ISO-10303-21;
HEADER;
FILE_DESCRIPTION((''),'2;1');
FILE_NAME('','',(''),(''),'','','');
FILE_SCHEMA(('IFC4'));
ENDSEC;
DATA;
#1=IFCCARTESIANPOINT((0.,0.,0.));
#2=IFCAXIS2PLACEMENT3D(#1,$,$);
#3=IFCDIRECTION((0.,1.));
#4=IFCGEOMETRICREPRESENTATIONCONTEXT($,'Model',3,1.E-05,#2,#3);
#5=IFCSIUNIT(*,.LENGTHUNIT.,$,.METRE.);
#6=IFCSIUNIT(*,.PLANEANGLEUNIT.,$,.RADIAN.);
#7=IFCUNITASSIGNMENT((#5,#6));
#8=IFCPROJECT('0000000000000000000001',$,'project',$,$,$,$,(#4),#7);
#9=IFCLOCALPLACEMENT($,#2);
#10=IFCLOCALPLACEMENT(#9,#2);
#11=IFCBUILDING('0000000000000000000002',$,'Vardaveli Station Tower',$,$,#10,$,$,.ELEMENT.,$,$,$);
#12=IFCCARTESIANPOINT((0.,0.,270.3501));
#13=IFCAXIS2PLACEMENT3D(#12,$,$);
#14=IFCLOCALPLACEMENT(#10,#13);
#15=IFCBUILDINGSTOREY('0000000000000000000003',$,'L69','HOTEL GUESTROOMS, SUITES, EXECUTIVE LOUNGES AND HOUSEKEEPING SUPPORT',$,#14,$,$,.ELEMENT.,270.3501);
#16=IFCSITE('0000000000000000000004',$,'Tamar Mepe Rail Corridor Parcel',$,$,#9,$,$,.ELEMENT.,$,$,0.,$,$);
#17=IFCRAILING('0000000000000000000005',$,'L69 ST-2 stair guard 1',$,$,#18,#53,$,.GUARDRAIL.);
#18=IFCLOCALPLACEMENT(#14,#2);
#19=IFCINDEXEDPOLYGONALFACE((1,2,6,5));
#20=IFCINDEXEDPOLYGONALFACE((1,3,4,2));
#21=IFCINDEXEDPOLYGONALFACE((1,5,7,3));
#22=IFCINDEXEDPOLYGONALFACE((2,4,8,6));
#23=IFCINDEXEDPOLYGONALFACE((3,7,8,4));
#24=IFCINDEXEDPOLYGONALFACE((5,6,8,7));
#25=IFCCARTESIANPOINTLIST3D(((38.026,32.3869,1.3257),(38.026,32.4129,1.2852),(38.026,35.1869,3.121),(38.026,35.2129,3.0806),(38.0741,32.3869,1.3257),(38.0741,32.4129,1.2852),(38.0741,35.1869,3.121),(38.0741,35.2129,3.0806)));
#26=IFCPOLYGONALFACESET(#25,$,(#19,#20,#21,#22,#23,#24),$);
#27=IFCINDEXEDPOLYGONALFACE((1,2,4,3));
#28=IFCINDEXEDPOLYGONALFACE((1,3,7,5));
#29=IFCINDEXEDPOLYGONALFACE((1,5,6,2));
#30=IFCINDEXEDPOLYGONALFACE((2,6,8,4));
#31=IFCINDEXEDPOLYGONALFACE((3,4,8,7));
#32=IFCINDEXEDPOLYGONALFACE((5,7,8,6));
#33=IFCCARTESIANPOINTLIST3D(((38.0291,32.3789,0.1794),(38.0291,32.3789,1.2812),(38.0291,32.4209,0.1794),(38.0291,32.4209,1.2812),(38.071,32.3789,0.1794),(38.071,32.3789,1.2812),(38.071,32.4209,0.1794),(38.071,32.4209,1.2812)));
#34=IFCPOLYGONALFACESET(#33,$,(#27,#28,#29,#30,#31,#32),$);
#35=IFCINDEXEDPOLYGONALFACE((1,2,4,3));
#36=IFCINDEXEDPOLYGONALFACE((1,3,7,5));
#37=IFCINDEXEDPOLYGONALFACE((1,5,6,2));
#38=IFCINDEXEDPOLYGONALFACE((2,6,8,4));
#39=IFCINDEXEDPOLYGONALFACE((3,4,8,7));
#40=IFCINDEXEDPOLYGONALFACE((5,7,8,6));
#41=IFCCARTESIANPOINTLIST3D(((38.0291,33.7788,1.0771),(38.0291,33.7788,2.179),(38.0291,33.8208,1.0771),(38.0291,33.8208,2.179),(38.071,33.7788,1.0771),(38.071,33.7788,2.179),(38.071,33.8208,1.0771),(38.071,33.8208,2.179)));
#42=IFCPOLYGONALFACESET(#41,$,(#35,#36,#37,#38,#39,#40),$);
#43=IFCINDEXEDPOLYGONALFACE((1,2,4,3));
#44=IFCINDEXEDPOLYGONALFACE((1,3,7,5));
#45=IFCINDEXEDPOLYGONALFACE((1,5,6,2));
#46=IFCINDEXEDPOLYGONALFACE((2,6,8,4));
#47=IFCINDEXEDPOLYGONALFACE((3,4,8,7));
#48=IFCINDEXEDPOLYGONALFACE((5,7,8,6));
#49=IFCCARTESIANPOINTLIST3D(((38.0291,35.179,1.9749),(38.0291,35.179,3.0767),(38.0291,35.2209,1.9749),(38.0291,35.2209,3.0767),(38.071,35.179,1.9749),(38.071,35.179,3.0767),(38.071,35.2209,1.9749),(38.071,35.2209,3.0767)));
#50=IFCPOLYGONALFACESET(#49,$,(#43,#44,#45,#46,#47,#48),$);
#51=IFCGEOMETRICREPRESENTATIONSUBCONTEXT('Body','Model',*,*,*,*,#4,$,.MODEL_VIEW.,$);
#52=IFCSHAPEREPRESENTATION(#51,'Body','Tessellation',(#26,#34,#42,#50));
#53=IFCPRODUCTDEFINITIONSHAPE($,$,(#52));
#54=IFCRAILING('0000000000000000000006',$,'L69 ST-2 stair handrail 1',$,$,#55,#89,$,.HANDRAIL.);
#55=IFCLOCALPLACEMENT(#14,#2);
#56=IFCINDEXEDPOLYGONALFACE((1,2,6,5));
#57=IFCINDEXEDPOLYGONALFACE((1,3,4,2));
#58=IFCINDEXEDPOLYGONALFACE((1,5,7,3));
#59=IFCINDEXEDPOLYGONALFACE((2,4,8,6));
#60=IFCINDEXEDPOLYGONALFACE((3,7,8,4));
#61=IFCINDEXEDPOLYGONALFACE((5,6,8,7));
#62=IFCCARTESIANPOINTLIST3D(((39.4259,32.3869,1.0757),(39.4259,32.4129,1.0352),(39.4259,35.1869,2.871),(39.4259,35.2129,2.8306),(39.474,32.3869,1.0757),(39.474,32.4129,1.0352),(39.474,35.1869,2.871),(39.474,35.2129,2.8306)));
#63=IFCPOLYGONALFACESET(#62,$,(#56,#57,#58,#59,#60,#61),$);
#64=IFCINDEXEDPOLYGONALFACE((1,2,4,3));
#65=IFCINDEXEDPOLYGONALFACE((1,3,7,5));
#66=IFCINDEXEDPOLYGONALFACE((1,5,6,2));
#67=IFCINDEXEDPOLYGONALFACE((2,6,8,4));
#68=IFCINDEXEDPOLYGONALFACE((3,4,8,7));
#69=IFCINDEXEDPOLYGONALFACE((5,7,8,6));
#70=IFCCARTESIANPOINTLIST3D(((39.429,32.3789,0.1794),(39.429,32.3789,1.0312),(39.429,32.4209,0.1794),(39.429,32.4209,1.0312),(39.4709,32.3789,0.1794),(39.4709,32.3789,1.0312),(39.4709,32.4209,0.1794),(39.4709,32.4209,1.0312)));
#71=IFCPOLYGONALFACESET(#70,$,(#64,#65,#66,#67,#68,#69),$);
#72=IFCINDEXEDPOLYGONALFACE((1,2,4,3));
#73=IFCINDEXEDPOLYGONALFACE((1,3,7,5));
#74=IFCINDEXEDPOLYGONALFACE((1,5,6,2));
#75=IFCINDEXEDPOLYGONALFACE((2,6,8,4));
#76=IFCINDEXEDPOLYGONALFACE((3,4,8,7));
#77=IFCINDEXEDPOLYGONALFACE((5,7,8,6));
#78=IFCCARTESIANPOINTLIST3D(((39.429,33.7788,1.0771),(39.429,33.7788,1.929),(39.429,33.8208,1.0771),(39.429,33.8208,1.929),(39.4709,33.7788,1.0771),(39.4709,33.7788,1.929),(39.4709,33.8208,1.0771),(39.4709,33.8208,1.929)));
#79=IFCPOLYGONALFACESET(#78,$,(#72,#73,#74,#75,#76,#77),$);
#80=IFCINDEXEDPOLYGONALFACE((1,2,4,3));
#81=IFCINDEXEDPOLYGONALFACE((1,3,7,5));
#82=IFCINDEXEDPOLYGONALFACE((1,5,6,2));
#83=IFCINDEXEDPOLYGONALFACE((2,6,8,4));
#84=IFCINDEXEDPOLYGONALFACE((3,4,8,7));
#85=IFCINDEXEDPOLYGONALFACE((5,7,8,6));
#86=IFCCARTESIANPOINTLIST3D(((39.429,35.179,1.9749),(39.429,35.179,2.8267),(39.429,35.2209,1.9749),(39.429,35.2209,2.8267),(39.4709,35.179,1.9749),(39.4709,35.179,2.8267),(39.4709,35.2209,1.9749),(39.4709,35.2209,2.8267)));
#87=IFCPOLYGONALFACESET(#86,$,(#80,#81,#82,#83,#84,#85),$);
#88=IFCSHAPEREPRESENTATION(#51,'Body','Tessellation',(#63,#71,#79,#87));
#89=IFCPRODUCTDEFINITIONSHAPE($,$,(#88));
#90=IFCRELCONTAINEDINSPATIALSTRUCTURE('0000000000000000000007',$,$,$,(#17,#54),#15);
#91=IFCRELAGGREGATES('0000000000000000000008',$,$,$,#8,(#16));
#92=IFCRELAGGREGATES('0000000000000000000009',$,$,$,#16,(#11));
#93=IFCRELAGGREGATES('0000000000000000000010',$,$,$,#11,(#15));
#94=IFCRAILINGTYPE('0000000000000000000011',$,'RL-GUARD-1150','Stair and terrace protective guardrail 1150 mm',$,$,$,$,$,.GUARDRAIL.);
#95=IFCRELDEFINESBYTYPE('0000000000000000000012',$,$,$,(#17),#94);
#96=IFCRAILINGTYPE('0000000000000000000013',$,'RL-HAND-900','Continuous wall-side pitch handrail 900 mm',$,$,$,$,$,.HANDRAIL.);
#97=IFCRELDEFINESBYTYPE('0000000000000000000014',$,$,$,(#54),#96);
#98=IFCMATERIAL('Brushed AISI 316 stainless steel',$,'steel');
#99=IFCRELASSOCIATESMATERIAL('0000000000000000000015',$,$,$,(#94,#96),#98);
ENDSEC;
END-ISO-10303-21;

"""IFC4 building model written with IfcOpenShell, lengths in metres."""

from ifc_helpers import new_model, si_unit, direction, frame, origin, origin_2d, place, context, subcontext, project, spatial, rectangle, extrude, source, transform, mapped, material, type_object, element, save


model = new_model("IFC4")

# Units and contexts
model_context = context("Model", 3, precision=1e-05, world=origin(), true_north=direction((0.0, 1.0)))
body_context = subcontext(model_context, "Body", "Model", "MODEL_VIEW")
ifc_project = project(units=[si_unit("LENGTHUNIT", "METRE"), si_unit("PLANEANGLEUNIT", "RADIAN")], contexts=[model_context])

# Site, building, storey
site_placement = place(None, origin())
site = spatial("IfcSite", under=ifc_project, at=site_placement, Name="Tamar Mepe Rail Corridor Parcel", CompositionType="ELEMENT", RefElevation=0.0)
building_placement = place(site_placement, origin())
building = spatial("IfcBuilding", under=site, at=building_placement, Name="Vardaveli Station Tower", CompositionType="ELEMENT")
storey_placement = place(building_placement, frame((0.0, 0.0, 270.3501)))
storey = spatial("IfcBuildingStorey", under=building, at=storey_placement, Name="L69", Description="HOTEL GUESTROOMS, SUITES, EXECUTIVE LOUNGES AND HOUSEKEEPING SUPPORT", CompositionType="ELEMENT", Elevation=270.3501)

# Railings
ifc_material_1 = material(Name="Brushed AISI 316 stainless steel", Category="steel")
railing_type_1 = type_object("IfcRailingType", Name="RL-GUARD-1150", Description="Stair and terrace protective guardrail 1150 mm", PredefinedType="GUARDRAIL", material=ifc_material_1)
shared_shape_1 = source(origin(), body_context, "Body", "SweptSolid", [
    extrude(rectangle(XDim=0.0481, YDim=0.0481, at=origin_2d()), frame((0.0, 0.0, 1.126), z_axis=(0.0, 0.84181, 0.539774), x_axis=(-1.0, 0.0, 0.0)), (0.0, 0.0, 1.0), 3.3262),
    extrude(rectangle(XDim=0.042, YDim=0.042, at=origin_2d()), origin(), (0.0, 0.0, 1.0), 1.1018),
    extrude(rectangle(XDim=0.042, YDim=0.042, at=origin_2d()), frame((0.0, 1.3999, 0.8977)), (0.0, 0.0, 1.0), 1.1018),
    extrude(rectangle(XDim=0.042, YDim=0.042, at=origin_2d()), frame((0.0, 2.8, 1.7954)), (0.0, 0.0, 1.0), 1.1018),
])
railing_1_placement = place(storey_placement, frame((38.05, 32.3999, 0.1794)))
element("IfcRailing", 1, at=railing_1_placement, inside=storey, type_object=railing_type_1, Name="L69 ST-2 stair guard 1", PredefinedType="GUARDRAIL", context=body_context, shape_type="MappedRepresentation", body=[
    mapped(shared_shape_1, transform((0.0, 0.0, 0.0), scale=1.0)),
])
railing_type_2 = type_object("IfcRailingType", Name="RL-HAND-900", Description="Continuous wall-side pitch handrail 900 mm", PredefinedType="HANDRAIL", material=ifc_material_1)
shared_shape_2 = source(origin(), body_context, "Body", "SweptSolid", [
    extrude(rectangle(XDim=0.0481, YDim=0.0481, at=origin_2d()), frame((0.0, 0.0, 0.876), z_axis=(0.0, 0.84181, 0.539774), x_axis=(-1.0, 0.0, 0.0)), (0.0, 0.0, 1.0), 3.3262),
    extrude(rectangle(XDim=0.042, YDim=0.042, at=origin_2d()), origin(), (0.0, 0.0, 1.0), 0.8518),
    extrude(rectangle(XDim=0.042, YDim=0.042, at=origin_2d()), frame((0.0, 1.3999, 0.8977)), (0.0, 0.0, 1.0), 0.8518),
    extrude(rectangle(XDim=0.042, YDim=0.042, at=origin_2d()), frame((0.0, 2.8, 1.7954)), (0.0, 0.0, 1.0), 0.8518),
])
railing_2_placement = place(storey_placement, frame((39.45, 32.3999, 0.1794)))
element("IfcRailing", 2, at=railing_2_placement, inside=storey, type_object=railing_type_2, Name="L69 ST-2 stair handrail 1", PredefinedType="HANDRAIL", context=body_context, shape_type="MappedRepresentation", body=[
    mapped(shared_shape_2, transform((0.0, 0.0, 0.0), scale=1.0)),
])

save(model, "model.ifc")
